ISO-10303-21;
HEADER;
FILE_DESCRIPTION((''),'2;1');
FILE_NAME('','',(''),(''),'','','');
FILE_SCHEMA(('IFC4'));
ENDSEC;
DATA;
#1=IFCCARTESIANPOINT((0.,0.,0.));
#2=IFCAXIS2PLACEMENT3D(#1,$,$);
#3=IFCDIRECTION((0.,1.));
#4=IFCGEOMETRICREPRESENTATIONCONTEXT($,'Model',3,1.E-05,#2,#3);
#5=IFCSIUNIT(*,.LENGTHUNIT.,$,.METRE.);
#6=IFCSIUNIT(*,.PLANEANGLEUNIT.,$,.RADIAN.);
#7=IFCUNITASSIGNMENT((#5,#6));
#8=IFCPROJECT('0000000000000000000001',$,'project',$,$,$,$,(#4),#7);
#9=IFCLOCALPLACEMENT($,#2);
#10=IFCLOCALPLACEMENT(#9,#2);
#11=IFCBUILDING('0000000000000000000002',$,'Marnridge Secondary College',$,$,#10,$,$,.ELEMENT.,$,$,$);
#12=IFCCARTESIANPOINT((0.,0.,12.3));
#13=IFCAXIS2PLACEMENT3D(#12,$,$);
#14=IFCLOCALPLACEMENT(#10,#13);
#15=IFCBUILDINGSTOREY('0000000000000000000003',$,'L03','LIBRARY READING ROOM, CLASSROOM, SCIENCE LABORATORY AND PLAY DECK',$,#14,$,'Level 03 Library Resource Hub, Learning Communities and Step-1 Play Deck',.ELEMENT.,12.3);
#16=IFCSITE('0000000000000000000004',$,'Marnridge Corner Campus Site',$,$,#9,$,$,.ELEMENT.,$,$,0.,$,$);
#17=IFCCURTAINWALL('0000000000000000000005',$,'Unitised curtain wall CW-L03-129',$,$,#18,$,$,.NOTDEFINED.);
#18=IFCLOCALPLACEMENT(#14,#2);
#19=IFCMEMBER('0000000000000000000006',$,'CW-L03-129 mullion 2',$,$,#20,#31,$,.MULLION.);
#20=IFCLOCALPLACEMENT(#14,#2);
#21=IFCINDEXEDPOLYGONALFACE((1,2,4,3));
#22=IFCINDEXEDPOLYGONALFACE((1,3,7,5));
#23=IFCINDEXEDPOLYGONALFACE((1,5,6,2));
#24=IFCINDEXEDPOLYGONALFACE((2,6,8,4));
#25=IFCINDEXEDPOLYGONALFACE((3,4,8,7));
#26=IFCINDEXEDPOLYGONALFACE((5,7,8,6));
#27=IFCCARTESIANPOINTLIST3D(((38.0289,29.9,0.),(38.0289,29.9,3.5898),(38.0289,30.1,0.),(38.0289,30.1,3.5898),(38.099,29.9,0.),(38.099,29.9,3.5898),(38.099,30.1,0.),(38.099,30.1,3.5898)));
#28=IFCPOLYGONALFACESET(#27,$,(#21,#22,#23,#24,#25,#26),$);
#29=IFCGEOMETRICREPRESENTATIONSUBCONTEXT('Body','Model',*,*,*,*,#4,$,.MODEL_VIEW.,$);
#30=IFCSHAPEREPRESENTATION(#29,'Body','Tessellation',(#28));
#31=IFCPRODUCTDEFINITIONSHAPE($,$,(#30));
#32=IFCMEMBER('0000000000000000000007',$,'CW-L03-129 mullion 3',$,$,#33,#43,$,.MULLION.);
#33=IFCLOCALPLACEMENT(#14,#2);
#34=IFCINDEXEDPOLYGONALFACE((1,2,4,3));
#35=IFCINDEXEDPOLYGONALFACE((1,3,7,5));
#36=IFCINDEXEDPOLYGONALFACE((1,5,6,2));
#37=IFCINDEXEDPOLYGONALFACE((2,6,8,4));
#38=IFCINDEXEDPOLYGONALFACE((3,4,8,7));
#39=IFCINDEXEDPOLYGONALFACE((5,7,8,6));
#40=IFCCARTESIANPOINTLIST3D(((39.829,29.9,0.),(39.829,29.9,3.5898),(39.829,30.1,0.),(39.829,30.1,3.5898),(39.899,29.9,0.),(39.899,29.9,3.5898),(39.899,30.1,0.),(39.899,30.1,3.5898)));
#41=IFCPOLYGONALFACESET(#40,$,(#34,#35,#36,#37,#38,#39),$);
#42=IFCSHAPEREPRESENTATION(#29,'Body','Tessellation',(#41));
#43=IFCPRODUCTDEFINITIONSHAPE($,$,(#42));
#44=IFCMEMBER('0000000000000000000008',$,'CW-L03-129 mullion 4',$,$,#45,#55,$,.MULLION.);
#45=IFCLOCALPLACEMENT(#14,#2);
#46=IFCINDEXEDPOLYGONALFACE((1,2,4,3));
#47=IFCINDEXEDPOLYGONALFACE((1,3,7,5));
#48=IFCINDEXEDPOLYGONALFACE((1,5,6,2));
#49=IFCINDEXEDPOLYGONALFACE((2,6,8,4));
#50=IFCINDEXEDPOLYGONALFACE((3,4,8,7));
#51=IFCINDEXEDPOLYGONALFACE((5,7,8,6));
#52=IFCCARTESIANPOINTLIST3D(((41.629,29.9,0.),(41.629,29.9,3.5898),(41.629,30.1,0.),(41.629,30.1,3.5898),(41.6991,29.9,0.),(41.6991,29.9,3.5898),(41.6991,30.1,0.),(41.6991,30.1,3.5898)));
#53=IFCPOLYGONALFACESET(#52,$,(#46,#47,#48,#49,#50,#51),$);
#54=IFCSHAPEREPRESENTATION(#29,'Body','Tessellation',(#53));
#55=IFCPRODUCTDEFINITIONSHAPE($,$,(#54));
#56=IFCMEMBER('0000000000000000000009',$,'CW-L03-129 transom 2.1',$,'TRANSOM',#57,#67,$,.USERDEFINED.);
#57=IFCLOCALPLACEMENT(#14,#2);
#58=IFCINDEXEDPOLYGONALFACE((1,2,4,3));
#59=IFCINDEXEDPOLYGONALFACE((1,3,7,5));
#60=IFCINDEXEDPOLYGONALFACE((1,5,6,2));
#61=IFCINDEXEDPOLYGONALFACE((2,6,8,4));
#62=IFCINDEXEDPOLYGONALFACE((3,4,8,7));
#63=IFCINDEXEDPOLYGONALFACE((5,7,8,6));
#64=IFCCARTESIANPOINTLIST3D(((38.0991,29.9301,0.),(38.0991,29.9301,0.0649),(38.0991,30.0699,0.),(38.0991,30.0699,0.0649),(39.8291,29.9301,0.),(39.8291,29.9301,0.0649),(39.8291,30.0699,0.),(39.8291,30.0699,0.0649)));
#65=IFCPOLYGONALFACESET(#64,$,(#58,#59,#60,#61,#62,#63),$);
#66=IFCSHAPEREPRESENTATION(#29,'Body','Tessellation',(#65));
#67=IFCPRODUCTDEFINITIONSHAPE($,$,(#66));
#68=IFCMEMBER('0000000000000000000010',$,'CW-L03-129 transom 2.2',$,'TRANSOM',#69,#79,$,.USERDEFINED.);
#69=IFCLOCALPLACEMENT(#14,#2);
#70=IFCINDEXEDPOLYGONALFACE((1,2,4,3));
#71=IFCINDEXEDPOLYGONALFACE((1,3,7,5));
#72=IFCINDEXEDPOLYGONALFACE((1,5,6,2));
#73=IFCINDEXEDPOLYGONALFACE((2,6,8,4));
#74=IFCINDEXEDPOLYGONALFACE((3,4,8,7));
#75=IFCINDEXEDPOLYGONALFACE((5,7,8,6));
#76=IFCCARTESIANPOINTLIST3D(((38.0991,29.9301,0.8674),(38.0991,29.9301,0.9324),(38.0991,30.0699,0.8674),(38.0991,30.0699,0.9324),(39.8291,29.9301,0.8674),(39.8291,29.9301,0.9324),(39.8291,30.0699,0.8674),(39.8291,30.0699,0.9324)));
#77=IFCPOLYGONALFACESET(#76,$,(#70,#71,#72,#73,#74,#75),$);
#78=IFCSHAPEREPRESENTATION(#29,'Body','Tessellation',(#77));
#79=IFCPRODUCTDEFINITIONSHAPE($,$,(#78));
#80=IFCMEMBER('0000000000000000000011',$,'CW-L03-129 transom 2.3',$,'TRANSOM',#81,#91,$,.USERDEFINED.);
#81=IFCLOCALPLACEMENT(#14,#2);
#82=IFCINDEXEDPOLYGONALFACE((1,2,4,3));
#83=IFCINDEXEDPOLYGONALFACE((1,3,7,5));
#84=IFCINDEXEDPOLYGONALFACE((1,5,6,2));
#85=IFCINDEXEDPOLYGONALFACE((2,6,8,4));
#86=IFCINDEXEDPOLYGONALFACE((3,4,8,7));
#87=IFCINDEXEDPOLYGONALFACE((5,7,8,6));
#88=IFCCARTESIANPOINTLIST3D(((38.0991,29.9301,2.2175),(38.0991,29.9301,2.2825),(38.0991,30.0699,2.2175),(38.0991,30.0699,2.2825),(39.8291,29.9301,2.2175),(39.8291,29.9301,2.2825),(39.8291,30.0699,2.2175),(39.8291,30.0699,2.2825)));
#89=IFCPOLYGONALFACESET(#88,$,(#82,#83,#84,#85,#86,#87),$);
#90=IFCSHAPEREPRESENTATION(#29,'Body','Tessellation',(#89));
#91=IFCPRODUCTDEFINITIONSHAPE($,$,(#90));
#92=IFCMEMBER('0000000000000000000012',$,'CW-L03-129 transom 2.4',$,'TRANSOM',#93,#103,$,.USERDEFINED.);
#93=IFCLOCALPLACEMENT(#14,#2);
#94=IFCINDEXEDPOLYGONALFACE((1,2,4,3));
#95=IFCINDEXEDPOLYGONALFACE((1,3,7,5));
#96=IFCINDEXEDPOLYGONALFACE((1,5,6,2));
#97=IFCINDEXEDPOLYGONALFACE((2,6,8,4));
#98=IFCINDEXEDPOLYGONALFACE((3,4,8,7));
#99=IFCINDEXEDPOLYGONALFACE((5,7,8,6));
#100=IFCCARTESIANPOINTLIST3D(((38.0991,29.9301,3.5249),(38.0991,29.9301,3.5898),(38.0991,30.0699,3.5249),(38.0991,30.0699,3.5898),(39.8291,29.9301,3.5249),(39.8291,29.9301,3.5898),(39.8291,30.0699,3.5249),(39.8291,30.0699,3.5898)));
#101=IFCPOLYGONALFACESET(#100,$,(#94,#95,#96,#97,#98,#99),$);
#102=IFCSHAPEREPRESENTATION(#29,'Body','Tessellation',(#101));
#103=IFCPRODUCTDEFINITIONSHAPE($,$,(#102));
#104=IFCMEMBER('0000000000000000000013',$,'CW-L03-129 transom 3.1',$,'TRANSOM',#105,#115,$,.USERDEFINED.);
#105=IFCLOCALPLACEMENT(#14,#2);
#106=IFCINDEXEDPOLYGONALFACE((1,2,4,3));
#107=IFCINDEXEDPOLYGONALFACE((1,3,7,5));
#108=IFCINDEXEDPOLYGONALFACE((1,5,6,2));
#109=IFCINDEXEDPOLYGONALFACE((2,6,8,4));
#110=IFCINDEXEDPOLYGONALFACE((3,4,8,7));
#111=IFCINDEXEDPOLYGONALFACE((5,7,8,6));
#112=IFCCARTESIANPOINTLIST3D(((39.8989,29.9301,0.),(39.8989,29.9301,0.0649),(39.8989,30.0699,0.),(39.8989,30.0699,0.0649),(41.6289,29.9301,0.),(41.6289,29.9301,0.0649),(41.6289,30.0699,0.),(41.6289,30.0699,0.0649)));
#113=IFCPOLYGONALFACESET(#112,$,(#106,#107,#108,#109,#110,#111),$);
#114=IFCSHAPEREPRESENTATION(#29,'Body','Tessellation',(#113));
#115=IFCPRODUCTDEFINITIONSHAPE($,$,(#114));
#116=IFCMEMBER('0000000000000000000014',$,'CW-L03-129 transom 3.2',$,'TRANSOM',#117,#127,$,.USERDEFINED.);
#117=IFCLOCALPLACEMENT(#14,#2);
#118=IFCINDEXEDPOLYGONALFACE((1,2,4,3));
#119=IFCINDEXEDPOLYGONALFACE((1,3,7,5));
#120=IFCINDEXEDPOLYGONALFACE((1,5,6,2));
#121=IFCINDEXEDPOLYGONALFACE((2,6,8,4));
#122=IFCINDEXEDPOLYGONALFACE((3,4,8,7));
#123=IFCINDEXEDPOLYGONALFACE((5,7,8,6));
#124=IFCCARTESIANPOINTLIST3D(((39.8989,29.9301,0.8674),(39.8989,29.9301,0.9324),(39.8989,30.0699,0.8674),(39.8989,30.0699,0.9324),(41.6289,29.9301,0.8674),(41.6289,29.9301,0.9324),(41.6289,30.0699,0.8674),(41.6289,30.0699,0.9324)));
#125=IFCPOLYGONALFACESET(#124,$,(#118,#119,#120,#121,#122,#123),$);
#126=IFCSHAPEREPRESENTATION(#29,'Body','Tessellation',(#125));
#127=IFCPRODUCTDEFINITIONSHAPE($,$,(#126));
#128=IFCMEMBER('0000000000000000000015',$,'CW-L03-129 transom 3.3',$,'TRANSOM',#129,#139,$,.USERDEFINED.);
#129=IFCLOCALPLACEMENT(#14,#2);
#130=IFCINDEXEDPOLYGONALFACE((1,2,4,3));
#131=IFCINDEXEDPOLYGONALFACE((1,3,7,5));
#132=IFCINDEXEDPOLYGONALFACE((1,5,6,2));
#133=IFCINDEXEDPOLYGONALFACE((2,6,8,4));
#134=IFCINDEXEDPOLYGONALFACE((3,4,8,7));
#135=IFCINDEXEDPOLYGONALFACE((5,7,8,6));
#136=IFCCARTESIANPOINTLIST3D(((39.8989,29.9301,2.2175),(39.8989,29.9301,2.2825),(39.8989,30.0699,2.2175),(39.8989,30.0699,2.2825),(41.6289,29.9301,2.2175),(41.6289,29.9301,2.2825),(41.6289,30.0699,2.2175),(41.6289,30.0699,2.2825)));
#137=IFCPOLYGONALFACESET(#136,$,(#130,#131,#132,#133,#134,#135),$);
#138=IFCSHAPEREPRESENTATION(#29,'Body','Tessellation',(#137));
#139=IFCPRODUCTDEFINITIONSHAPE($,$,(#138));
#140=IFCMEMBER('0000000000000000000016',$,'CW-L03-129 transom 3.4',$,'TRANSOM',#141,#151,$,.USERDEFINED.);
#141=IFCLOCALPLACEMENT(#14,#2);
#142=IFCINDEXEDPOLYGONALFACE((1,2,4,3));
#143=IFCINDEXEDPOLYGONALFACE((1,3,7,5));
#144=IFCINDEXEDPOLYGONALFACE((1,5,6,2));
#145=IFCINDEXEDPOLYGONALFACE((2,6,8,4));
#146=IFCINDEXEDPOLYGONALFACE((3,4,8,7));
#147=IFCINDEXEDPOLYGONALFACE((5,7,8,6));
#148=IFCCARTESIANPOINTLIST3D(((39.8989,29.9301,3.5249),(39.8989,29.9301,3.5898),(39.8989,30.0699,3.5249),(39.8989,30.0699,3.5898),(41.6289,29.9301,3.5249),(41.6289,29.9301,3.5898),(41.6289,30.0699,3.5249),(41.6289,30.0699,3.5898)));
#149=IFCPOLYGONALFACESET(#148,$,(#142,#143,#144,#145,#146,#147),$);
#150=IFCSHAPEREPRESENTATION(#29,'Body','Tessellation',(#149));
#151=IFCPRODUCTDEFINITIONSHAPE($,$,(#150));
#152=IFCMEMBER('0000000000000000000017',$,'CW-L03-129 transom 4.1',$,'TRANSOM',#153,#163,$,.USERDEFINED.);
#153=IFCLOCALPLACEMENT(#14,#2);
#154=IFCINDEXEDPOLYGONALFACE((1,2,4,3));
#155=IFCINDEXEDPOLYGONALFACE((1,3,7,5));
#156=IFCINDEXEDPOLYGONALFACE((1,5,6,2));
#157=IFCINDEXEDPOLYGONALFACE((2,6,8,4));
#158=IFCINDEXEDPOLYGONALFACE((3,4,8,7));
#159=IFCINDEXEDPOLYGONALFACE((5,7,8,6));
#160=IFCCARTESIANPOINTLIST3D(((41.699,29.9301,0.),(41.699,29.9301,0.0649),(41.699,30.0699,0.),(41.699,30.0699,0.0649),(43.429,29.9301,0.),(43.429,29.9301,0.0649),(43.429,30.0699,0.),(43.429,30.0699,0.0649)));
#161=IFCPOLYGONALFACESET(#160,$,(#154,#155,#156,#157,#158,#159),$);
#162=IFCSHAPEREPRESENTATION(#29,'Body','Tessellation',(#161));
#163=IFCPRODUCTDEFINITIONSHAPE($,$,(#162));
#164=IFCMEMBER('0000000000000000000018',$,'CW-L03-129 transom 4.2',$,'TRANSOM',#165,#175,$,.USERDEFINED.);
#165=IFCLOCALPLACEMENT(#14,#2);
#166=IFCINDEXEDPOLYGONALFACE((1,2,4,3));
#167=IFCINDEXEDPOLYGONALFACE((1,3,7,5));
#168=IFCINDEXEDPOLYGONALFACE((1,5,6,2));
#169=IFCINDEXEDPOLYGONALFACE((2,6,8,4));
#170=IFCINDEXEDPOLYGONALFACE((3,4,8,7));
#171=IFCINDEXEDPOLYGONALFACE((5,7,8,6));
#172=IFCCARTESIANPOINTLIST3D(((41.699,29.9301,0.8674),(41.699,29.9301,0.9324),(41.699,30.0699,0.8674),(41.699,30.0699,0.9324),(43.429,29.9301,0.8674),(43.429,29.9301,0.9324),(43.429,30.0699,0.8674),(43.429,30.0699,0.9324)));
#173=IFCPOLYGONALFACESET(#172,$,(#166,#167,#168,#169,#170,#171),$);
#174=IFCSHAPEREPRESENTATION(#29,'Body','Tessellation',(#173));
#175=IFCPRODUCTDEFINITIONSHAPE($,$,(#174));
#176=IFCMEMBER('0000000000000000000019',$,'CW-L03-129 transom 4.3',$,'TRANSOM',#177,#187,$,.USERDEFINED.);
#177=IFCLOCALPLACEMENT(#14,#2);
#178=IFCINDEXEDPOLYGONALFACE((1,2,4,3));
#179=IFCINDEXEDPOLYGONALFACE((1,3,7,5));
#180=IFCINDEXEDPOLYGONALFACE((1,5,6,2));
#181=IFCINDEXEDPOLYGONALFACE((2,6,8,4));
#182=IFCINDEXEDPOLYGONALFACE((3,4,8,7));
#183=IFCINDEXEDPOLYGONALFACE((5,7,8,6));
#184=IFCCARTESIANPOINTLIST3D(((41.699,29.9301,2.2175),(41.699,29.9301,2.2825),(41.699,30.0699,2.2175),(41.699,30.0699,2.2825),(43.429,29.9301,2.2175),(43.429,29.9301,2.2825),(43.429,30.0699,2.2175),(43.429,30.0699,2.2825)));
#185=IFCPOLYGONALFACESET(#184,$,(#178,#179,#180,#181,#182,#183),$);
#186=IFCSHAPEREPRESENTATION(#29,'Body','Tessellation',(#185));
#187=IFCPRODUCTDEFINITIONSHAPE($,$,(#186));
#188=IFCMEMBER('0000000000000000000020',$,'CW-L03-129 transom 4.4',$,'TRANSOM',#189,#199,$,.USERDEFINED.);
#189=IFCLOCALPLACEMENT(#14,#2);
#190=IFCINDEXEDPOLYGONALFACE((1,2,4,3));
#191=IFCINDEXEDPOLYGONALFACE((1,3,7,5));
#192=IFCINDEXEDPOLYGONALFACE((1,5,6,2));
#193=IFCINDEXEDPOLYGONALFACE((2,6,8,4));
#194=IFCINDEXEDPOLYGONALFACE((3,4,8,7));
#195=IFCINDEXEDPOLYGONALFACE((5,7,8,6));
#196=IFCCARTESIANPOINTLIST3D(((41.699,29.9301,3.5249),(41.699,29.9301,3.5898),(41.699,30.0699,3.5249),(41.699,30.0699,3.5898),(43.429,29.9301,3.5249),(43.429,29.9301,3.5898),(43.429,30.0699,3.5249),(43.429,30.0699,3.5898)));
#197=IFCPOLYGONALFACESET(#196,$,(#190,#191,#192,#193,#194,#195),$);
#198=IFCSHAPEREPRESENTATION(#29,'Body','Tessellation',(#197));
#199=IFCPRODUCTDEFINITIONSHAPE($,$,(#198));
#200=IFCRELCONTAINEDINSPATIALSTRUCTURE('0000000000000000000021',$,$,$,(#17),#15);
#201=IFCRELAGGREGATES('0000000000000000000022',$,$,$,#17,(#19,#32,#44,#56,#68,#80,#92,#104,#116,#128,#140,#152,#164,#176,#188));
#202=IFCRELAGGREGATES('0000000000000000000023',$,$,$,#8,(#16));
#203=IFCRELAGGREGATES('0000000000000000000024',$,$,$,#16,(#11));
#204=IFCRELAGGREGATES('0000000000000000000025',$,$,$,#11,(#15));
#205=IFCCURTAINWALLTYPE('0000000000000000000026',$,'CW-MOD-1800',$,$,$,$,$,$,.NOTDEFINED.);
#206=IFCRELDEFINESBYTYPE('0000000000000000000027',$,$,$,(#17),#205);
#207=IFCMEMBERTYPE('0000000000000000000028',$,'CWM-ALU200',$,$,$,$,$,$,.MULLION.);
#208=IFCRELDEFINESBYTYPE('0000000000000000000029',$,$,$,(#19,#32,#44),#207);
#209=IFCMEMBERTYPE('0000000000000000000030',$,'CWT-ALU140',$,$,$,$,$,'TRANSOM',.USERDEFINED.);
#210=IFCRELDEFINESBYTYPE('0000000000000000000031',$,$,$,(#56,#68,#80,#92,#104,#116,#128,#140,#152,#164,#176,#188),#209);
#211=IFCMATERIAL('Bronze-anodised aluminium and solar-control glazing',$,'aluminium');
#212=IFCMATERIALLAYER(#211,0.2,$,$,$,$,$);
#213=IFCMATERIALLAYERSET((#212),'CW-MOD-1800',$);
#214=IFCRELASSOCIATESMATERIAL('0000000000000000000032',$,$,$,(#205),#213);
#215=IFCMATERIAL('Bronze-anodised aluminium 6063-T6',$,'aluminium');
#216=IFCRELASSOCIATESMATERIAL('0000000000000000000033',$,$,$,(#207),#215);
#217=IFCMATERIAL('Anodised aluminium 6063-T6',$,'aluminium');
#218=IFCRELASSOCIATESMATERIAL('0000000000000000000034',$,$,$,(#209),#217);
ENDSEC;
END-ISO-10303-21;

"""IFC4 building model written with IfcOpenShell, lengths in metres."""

from ifc_helpers import new_model, si_unit, direction, frame, origin, origin_2d, place, context, subcontext, project, spatial, rectangle, extrude, material, layer, layer_set, material_profile, profile_set, type_object, element, aggregate, save


model = new_model("IFC4")

# Units and contexts
model_context = context("Model", 3, precision=1e-05, world=origin(), true_north=direction((0.0, 1.0)))
body_context = subcontext(model_context, "Body", "Model", "MODEL_VIEW")
ifc_project = project(units=[si_unit("LENGTHUNIT", "METRE"), si_unit("PLANEANGLEUNIT", "RADIAN")], contexts=[model_context])

# Site, building, storey
site_placement = place(None, origin())
site = spatial("IfcSite", under=ifc_project, at=site_placement, Name="Marnridge Corner Campus Site", CompositionType="ELEMENT", RefElevation=0.0)
building_placement = place(site_placement, origin())
building = spatial("IfcBuilding", under=site, at=building_placement, Name="Marnridge Secondary College", CompositionType="ELEMENT")
storey_placement = place(building_placement, frame((0.0, 0.0, 12.3)))
storey = spatial("IfcBuildingStorey", under=building, at=storey_placement, Name="L03", Description="LIBRARY READING ROOM, CLASSROOM, SCIENCE LABORATORY AND PLAY DECK", LongName="Level 03 Library Resource Hub, Learning Communities and Step-1 Play Deck", CompositionType="ELEMENT", Elevation=12.3)

# Curtain wall, members
ifc_material_1 = material(Name="Bronze-anodised aluminium and solar-control glazing", Category="aluminium")
ifc_layer_1 = layer(ifc_material_1, 0.2)
ifc_layer_set_1 = layer_set([ifc_layer_1], Name="CW-MOD-1800")
curtain_wall_type = type_object("IfcCurtainWallType", Name="CW-MOD-1800", PredefinedType="NOTDEFINED", material=ifc_layer_set_1)
curtain_wall_placement = place(storey_placement, origin())
curtain_wall = element("IfcCurtainWall", 1, at=curtain_wall_placement, inside=storey, type_object=curtain_wall_type, Name="Unitised curtain wall CW-L03-129", PredefinedType="NOTDEFINED")
ifc_material_2 = material(Name="Bronze-anodised aluminium 6063-T6", Category="aluminium")
ifc_material_profile_1 = material_profile(ifc_material_2, rectangle(XDim=0.0701, YDim=0.2, at=origin_2d()), Name="ALU 70x200")
ifc_profile_set_1 = profile_set([ifc_material_profile_1], Name="Bronze-anodised aluminium 6063-T6")
member_type_1 = type_object("IfcMemberType", Name="CWM-ALU200", PredefinedType="MULLION", material=ifc_profile_set_1)
member_1_placement = place(storey_placement, frame((38.064, 30.0, 0.0), z_axis=(0.0, 0.0, 1.0), x_axis=(1.0, 0.0, 0.0)))
member_1 = element("IfcMember", 2, at=member_1_placement, type_object=member_type_1, Name="CW-L03-129 mullion 2", PredefinedType="MULLION", context=body_context, shape_type="SweptSolid", body=[
    extrude(rectangle(XDim=0.0701, YDim=0.2, at=origin_2d()), origin(), (0.0, 0.0, 1.0), 3.5898),
])
member_2_placement = place(storey_placement, frame((39.864, 30.0, 0.0), z_axis=(0.0, 0.0, 1.0), x_axis=(1.0, 0.0, 0.0)))
member_2 = element("IfcMember", 3, at=member_2_placement, type_object=member_type_1, Name="CW-L03-129 mullion 3", PredefinedType="MULLION", context=body_context, shape_type="SweptSolid", body=[
    extrude(rectangle(XDim=0.0701, YDim=0.2, at=origin_2d()), origin(), (0.0, 0.0, 1.0), 3.5898),
])
member_3_placement = place(storey_placement, frame((41.6641, 30.0, 0.0), z_axis=(0.0, 0.0, 1.0), x_axis=(1.0, 0.0, 0.0)))
member_3 = element("IfcMember", 4, at=member_3_placement, type_object=member_type_1, Name="CW-L03-129 mullion 4", PredefinedType="MULLION", context=body_context, shape_type="SweptSolid", body=[
    extrude(rectangle(XDim=0.0701, YDim=0.2, at=origin_2d()), origin(), (0.0, 0.0, 1.0), 3.5898),
])
ifc_material_3 = material(Name="Anodised aluminium 6063-T6", Category="aluminium")
ifc_material_profile_2 = material_profile(ifc_material_3, rectangle(XDim=0.0649, YDim=0.1399, at=origin_2d()), Name="ALU 65x140")
ifc_profile_set_2 = profile_set([ifc_material_profile_2], Name="Anodised aluminium 6063-T6")
member_type_2 = type_object("IfcMemberType", Name="CWT-ALU140", ElementType="TRANSOM", PredefinedType="USERDEFINED", material=ifc_profile_set_2)
member_4_placement = place(storey_placement, frame((38.0991, 30.0, 0.0325), z_axis=(1.0, 0.0, 0.0), x_axis=(0.0, 0.0, 1.0)))
member_4 = element("IfcMember", 5, at=member_4_placement, type_object=member_type_2, Name="CW-L03-129 transom 2.1", ObjectType="TRANSOM", PredefinedType="USERDEFINED", context=body_context, shape_type="SweptSolid", body=[
    extrude(rectangle(XDim=0.0649, YDim=0.1399, at=origin_2d()), origin(), (0.0, 0.0, 1.0), 1.73),
])
member_5_placement = place(storey_placement, frame((38.0991, 30.0, 0.8999), z_axis=(1.0, 0.0, 0.0), x_axis=(0.0, 0.0, 1.0)))
member_5 = element("IfcMember", 6, at=member_5_placement, type_object=member_type_2, Name="CW-L03-129 transom 2.2", ObjectType="TRANSOM", PredefinedType="USERDEFINED", context=body_context, shape_type="SweptSolid", body=[
    extrude(rectangle(XDim=0.0649, YDim=0.1399, at=origin_2d()), origin(), (0.0, 0.0, 1.0), 1.73),
])
member_6_placement = place(storey_placement, frame((38.0991, 30.0, 2.25), z_axis=(1.0, 0.0, 0.0), x_axis=(0.0, 0.0, 1.0)))
member_6 = element("IfcMember", 7, at=member_6_placement, type_object=member_type_2, Name="CW-L03-129 transom 2.3", ObjectType="TRANSOM", PredefinedType="USERDEFINED", context=body_context, shape_type="SweptSolid", body=[
    extrude(rectangle(XDim=0.0649, YDim=0.1399, at=origin_2d()), origin(), (0.0, 0.0, 1.0), 1.73),
])
member_7_placement = place(storey_placement, frame((38.0991, 30.0, 3.5574), z_axis=(1.0, 0.0, 0.0), x_axis=(0.0, 0.0, 1.0)))
member_7 = element("IfcMember", 8, at=member_7_placement, type_object=member_type_2, Name="CW-L03-129 transom 2.4", ObjectType="TRANSOM", PredefinedType="USERDEFINED", context=body_context, shape_type="SweptSolid", body=[
    extrude(rectangle(XDim=0.0649, YDim=0.1399, at=origin_2d()), origin(), (0.0, 0.0, 1.0), 1.73),
])
member_8_placement = place(storey_placement, frame((39.8989, 30.0, 0.0325), z_axis=(1.0, 0.0, 0.0), x_axis=(0.0, 0.0, 1.0)))
member_8 = element("IfcMember", 9, at=member_8_placement, type_object=member_type_2, Name="CW-L03-129 transom 3.1", ObjectType="TRANSOM", PredefinedType="USERDEFINED", context=body_context, shape_type="SweptSolid", body=[
    extrude(rectangle(XDim=0.0649, YDim=0.1399, at=origin_2d()), origin(), (0.0, 0.0, 1.0), 1.73),
])
member_9_placement = place(storey_placement, frame((39.8989, 30.0, 0.8999), z_axis=(1.0, 0.0, 0.0), x_axis=(0.0, 0.0, 1.0)))
member_9 = element("IfcMember", 10, at=member_9_placement, type_object=member_type_2, Name="CW-L03-129 transom 3.2", ObjectType="TRANSOM", PredefinedType="USERDEFINED", context=body_context, shape_type="SweptSolid", body=[
    extrude(rectangle(XDim=0.0649, YDim=0.1399, at=origin_2d()), origin(), (0.0, 0.0, 1.0), 1.73),
])
member_10_placement = place(storey_placement, frame((39.8989, 30.0, 2.25), z_axis=(1.0, 0.0, 0.0), x_axis=(0.0, 0.0, 1.0)))
member_10 = element("IfcMember", 11, at=member_10_placement, type_object=member_type_2, Name="CW-L03-129 transom 3.3", ObjectType="TRANSOM", PredefinedType="USERDEFINED", context=body_context, shape_type="SweptSolid", body=[
    extrude(rectangle(XDim=0.0649, YDim=0.1399, at=origin_2d()), origin(), (0.0, 0.0, 1.0), 1.73),
])
member_11_placement = place(storey_placement, frame((39.8989, 30.0, 3.5574), z_axis=(1.0, 0.0, 0.0), x_axis=(0.0, 0.0, 1.0)))
member_11 = element("IfcMember", 12, at=member_11_placement, type_object=member_type_2, Name="CW-L03-129 transom 3.4", ObjectType="TRANSOM", PredefinedType="USERDEFINED", context=body_context, shape_type="SweptSolid", body=[
    extrude(rectangle(XDim=0.0649, YDim=0.1399, at=origin_2d()), origin(), (0.0, 0.0, 1.0), 1.73),
])
member_12_placement = place(storey_placement, frame((41.699, 30.0, 0.0325), z_axis=(1.0, 0.0, 0.0), x_axis=(0.0, 0.0, 1.0)))
member_12 = element("IfcMember", 13, at=member_12_placement, type_object=member_type_2, Name="CW-L03-129 transom 4.1", ObjectType="TRANSOM", PredefinedType="USERDEFINED", context=body_context, shape_type="SweptSolid", body=[
    extrude(rectangle(XDim=0.0649, YDim=0.1399, at=origin_2d()), origin(), (0.0, 0.0, 1.0), 1.73),
])
member_13_placement = place(storey_placement, frame((41.699, 30.0, 0.8999), z_axis=(1.0, 0.0, 0.0), x_axis=(0.0, 0.0, 1.0)))
member_13 = element("IfcMember", 14, at=member_13_placement, type_object=member_type_2, Name="CW-L03-129 transom 4.2", ObjectType="TRANSOM", PredefinedType="USERDEFINED", context=body_context, shape_type="SweptSolid", body=[
    extrude(rectangle(XDim=0.0649, YDim=0.1399, at=origin_2d()), origin(), (0.0, 0.0, 1.0), 1.73),
])
member_14_placement = place(storey_placement, frame((41.699, 30.0, 2.25), z_axis=(1.0, 0.0, 0.0), x_axis=(0.0, 0.0, 1.0)))
member_14 = element("IfcMember", 15, at=member_14_placement, type_object=member_type_2, Name="CW-L03-129 transom 4.3", ObjectType="TRANSOM", PredefinedType="USERDEFINED", context=body_context, shape_type="SweptSolid", body=[
    extrude(rectangle(XDim=0.0649, YDim=0.1399, at=origin_2d()), origin(), (0.0, 0.0, 1.0), 1.73),
])
member_15_placement = place(storey_placement, frame((41.699, 30.0, 3.5574), z_axis=(1.0, 0.0, 0.0), x_axis=(0.0, 0.0, 1.0)))
member_15 = element("IfcMember", 16, at=member_15_placement, type_object=member_type_2, Name="CW-L03-129 transom 4.4", ObjectType="TRANSOM", PredefinedType="USERDEFINED", context=body_context, shape_type="SweptSolid", body=[
    extrude(rectangle(XDim=0.0649, YDim=0.1399, at=origin_2d()), origin(), (0.0, 0.0, 1.0), 1.73),
])
aggregate(curtain_wall, [member_1, member_2, member_3, member_4, member_5, member_6, member_7, member_8, member_9, member_10, member_11, member_12, member_13, member_14, member_15])

save(model, "model.ifc")
